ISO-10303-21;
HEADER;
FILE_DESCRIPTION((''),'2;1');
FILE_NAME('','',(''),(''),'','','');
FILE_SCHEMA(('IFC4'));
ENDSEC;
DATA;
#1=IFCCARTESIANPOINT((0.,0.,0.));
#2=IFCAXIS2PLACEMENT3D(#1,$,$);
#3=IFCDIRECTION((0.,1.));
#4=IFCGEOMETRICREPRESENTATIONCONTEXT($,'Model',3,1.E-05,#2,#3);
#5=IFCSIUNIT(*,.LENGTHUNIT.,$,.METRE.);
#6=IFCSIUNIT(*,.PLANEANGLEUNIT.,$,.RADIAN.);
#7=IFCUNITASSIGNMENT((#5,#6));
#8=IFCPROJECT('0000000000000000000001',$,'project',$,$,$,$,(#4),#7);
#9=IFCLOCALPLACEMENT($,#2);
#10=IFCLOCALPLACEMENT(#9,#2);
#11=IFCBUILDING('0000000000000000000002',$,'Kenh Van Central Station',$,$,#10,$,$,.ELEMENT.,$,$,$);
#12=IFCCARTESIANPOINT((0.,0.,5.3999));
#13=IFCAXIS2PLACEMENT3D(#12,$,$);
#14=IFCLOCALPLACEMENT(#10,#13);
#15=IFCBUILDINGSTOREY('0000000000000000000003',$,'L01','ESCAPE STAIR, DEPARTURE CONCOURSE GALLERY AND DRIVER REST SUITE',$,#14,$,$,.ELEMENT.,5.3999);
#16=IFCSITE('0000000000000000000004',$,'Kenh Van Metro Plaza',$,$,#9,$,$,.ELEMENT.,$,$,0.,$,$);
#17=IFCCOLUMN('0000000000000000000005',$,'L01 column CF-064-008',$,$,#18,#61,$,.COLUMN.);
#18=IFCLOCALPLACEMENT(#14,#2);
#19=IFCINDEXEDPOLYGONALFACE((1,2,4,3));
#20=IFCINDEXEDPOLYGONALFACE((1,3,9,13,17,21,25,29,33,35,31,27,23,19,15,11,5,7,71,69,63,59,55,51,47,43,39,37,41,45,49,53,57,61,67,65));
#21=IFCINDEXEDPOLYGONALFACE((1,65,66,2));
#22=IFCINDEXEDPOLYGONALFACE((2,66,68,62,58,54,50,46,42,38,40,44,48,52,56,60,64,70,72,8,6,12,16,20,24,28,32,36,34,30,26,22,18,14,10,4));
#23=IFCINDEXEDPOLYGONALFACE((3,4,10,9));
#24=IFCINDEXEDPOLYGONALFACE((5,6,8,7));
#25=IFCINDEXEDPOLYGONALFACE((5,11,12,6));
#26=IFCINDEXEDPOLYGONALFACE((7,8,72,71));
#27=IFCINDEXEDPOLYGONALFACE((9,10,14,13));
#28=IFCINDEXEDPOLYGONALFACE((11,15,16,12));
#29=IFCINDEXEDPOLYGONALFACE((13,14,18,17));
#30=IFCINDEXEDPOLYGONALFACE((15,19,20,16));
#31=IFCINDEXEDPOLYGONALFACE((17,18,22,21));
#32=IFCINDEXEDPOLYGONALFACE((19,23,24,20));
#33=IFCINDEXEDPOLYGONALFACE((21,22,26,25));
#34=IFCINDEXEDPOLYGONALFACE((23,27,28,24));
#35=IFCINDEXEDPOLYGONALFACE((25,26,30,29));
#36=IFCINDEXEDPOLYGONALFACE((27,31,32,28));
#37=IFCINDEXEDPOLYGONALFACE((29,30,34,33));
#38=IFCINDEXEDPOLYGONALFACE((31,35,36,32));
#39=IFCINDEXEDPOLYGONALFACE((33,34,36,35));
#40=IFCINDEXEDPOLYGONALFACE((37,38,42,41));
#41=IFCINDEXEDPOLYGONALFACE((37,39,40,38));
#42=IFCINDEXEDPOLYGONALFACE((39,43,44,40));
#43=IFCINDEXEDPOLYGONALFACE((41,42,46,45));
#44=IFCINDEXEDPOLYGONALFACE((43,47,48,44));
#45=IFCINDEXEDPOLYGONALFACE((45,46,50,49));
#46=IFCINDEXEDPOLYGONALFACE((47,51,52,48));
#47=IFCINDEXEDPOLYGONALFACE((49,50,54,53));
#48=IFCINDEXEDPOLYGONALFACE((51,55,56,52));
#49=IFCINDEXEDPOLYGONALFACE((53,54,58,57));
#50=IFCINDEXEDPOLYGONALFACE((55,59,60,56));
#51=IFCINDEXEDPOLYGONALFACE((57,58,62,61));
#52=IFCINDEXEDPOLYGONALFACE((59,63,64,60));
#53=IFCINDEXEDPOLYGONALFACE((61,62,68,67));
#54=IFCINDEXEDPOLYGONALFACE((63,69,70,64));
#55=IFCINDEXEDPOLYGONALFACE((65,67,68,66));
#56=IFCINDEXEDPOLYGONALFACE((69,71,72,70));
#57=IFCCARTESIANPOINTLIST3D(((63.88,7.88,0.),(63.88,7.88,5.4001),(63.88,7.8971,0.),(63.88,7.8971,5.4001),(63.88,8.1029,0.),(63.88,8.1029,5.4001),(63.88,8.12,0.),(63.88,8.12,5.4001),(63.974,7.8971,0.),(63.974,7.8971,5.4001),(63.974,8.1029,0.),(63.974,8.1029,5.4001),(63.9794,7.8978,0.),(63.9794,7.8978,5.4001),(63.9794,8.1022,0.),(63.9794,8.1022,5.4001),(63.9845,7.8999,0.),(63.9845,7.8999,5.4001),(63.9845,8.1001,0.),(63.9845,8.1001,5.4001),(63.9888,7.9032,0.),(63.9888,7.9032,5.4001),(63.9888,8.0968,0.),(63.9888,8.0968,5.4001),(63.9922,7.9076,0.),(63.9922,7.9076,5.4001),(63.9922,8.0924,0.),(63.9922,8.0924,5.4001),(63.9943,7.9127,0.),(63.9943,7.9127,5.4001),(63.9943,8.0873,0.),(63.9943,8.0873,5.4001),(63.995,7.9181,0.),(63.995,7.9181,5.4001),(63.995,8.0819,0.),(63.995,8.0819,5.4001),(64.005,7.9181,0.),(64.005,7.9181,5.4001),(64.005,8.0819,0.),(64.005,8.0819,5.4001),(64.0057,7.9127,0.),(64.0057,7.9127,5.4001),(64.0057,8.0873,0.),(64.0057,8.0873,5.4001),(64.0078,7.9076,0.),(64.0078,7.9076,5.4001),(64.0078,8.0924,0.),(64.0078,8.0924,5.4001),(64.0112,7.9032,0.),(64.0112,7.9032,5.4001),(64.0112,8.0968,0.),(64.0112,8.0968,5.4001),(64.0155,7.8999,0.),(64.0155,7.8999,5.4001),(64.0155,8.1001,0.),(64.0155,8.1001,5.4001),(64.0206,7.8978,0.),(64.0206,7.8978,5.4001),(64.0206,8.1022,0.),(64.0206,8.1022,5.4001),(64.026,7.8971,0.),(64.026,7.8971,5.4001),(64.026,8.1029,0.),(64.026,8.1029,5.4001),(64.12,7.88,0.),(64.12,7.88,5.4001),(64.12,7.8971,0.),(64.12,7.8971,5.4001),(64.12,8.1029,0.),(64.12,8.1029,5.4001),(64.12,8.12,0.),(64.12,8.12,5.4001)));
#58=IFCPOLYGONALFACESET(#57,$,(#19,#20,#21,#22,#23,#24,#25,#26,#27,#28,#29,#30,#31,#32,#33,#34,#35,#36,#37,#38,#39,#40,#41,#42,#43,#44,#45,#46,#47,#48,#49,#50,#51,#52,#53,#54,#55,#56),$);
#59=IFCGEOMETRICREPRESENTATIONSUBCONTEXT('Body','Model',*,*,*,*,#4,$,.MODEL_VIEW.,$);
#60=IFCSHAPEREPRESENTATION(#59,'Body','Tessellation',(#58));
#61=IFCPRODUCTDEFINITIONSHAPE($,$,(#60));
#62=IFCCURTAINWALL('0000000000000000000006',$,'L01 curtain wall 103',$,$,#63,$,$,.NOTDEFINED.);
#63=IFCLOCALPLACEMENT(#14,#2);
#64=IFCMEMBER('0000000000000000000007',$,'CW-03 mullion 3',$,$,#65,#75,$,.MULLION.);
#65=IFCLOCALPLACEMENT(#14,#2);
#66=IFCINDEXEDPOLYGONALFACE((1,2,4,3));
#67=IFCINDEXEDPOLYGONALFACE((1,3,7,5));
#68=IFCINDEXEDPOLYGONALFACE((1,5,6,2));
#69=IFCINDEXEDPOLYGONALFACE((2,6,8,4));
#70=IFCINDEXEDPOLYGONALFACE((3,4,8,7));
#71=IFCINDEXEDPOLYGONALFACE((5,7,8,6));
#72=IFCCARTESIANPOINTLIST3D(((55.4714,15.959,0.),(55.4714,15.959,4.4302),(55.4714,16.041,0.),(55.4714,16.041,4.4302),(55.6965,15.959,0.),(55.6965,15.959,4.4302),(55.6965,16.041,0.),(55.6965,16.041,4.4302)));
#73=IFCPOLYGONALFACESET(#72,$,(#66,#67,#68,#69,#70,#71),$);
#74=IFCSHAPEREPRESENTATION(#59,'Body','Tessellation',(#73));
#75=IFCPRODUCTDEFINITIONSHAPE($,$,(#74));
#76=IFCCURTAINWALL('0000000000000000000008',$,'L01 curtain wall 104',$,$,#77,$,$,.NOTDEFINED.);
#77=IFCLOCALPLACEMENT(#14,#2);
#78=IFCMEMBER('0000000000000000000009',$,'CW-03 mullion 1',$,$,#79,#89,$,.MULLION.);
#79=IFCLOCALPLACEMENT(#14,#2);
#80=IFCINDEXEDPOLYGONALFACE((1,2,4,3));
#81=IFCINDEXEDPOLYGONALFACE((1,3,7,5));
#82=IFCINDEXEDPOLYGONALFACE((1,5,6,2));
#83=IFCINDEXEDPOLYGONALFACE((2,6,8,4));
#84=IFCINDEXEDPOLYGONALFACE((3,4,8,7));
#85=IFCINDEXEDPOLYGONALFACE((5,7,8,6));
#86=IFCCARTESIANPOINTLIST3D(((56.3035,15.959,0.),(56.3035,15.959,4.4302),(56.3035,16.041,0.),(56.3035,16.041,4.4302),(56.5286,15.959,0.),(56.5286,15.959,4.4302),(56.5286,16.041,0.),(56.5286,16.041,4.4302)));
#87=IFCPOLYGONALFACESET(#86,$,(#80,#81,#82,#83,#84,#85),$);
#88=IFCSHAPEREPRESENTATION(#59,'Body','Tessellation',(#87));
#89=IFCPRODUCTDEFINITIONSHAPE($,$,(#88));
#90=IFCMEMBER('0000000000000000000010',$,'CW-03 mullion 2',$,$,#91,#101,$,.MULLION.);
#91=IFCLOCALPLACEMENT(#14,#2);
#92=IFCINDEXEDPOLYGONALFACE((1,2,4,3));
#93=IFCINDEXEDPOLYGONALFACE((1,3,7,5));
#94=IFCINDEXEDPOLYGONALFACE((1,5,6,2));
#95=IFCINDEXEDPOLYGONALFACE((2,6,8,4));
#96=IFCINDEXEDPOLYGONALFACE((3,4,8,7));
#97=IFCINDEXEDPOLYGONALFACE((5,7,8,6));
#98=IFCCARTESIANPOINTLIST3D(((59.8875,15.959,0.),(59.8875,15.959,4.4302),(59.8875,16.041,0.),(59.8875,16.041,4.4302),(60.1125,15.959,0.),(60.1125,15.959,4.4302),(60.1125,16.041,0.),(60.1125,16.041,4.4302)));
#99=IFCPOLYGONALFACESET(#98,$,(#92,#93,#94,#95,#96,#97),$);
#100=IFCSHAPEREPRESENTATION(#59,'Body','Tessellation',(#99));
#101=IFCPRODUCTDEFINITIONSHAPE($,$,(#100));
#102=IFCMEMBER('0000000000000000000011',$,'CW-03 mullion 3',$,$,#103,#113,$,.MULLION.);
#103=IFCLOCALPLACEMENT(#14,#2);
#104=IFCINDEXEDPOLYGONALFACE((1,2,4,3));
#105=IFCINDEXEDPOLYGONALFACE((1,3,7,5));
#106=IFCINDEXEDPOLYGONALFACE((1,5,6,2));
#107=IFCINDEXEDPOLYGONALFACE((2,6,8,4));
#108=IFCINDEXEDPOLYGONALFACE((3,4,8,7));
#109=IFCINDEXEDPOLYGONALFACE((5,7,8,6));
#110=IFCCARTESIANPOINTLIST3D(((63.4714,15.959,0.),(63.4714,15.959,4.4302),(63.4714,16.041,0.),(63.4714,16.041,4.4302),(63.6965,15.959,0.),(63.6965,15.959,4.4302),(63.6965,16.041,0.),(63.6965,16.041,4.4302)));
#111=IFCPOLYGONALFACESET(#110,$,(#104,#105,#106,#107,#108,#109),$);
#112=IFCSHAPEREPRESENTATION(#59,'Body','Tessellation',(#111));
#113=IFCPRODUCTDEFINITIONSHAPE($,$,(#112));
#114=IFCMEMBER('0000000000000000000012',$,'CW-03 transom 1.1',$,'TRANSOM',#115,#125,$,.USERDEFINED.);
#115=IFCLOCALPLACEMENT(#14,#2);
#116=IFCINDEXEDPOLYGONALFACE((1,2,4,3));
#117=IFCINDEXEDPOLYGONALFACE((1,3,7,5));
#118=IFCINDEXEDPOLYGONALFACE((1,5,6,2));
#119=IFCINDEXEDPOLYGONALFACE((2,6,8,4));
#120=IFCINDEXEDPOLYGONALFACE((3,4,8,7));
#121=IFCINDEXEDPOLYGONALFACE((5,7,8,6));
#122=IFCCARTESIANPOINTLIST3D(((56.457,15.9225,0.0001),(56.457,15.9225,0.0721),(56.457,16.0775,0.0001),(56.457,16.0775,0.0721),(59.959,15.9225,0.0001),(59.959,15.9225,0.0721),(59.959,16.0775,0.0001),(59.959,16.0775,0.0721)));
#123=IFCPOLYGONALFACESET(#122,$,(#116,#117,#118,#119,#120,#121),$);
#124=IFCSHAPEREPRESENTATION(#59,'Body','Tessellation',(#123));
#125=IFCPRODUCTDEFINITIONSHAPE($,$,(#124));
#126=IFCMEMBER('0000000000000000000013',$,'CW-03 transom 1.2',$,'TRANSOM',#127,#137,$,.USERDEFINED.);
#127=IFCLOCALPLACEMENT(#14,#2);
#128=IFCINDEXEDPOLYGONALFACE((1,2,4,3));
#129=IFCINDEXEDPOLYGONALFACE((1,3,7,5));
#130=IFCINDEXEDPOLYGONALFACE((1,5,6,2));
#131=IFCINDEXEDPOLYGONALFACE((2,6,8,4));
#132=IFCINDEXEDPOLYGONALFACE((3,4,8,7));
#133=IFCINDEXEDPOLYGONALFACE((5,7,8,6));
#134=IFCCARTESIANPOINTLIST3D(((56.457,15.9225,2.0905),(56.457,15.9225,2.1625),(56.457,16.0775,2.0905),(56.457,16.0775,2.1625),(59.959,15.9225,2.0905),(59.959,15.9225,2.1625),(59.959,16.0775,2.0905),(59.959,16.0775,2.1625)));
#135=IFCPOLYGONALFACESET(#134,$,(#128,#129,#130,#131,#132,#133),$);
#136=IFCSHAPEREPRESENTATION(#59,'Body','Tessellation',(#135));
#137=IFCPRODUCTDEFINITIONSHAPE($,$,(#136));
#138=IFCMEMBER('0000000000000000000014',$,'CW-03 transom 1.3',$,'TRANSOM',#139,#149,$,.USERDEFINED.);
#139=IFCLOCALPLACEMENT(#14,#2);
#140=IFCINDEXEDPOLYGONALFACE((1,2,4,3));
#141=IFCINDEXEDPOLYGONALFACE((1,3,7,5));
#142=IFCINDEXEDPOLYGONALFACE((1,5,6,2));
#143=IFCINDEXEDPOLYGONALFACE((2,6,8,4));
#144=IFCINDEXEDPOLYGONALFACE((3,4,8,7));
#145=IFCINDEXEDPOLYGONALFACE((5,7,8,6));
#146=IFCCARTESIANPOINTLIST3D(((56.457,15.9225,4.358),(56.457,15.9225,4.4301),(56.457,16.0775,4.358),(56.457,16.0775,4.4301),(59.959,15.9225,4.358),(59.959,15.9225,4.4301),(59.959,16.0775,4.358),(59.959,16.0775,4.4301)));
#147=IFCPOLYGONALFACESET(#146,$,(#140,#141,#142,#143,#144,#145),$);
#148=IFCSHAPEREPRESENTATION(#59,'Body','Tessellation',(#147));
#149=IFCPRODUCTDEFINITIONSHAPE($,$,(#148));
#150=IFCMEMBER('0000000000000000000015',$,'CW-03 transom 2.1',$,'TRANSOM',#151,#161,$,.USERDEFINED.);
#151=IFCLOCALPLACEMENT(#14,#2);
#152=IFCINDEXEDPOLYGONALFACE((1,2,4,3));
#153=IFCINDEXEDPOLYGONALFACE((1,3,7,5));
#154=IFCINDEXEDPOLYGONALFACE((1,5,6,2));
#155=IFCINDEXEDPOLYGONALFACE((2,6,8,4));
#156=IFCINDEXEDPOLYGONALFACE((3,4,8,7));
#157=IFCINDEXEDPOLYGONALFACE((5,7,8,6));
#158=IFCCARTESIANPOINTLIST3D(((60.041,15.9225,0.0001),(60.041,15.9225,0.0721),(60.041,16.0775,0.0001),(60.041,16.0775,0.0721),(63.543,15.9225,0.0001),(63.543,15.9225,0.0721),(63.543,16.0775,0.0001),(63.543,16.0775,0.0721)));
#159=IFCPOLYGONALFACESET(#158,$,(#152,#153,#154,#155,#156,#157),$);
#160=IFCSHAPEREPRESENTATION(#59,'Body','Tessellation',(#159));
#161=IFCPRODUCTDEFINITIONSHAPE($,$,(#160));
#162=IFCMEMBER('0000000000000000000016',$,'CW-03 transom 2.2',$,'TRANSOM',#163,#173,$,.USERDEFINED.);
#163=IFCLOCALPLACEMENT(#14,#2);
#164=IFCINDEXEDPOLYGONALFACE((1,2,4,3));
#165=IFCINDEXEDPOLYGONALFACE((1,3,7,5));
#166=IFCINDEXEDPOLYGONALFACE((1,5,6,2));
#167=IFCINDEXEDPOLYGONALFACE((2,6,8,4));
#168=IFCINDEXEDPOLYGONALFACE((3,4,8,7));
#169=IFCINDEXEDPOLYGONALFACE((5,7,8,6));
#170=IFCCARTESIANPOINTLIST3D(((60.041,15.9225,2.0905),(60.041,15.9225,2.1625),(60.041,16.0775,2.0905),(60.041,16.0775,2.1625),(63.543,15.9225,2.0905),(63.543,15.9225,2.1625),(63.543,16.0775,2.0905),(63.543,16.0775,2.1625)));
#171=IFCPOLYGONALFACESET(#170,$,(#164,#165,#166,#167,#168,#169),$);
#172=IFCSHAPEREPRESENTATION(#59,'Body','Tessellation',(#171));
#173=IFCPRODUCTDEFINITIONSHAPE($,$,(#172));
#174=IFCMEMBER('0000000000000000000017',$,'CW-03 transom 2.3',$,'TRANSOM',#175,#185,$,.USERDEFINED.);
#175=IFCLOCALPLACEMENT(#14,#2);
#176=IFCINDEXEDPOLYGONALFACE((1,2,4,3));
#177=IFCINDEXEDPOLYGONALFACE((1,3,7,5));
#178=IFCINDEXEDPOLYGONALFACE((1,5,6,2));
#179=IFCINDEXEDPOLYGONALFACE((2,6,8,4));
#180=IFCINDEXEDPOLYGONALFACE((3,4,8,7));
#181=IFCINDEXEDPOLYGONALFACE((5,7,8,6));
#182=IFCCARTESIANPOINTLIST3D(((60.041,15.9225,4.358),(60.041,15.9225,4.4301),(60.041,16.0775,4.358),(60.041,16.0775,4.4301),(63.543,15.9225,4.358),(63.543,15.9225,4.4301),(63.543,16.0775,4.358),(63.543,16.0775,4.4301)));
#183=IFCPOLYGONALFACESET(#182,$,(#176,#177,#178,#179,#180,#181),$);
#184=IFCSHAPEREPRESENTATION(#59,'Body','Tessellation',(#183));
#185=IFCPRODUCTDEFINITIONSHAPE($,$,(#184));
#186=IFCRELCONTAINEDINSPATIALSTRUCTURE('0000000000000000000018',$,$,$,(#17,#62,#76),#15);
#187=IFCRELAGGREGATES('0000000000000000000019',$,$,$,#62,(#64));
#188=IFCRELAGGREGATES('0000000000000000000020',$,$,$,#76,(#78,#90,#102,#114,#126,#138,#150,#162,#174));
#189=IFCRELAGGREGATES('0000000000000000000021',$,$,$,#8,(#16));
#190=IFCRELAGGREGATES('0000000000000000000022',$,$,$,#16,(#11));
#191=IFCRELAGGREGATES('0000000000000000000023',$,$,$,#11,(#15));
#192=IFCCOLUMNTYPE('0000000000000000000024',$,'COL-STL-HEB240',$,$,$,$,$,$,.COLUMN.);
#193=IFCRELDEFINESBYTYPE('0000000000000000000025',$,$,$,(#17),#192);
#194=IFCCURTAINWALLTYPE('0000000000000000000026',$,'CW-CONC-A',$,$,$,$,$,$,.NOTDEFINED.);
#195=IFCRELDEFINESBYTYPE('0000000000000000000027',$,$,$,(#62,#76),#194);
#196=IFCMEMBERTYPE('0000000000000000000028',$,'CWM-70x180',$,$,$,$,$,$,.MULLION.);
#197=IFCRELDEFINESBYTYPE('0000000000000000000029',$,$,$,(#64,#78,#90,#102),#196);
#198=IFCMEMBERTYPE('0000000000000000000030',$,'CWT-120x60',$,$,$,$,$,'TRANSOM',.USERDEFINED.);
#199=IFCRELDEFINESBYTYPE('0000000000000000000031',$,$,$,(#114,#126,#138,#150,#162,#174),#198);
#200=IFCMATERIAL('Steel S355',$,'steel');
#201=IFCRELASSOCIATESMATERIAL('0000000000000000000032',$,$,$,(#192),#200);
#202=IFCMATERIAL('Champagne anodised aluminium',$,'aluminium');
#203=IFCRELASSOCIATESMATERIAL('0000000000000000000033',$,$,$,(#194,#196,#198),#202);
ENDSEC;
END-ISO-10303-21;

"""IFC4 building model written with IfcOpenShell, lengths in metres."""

from ifc_helpers import new_model, si_unit, direction, frame, origin, origin_2d, place, context, subcontext, project, spatial, rectangle, i_section, extrude, material, material_profile, profile_set, type_object, element, aggregate, save


model = new_model("IFC4")

# Units and contexts
model_context = context("Model", 3, precision=1e-05, world=origin(), true_north=direction((0.0, 1.0)))
body_context = subcontext(model_context, "Body", "Model", "MODEL_VIEW")
ifc_project = project(units=[si_unit("LENGTHUNIT", "METRE"), si_unit("PLANEANGLEUNIT", "RADIAN")], contexts=[model_context])

# Site, building, storey
site_placement = place(None, origin())
site = spatial("IfcSite", under=ifc_project, at=site_placement, Name="Kenh Van Metro Plaza", CompositionType="ELEMENT", RefElevation=0.0)
building_placement = place(site_placement, origin())
building = spatial("IfcBuilding", under=site, at=building_placement, Name="Kenh Van Central Station", CompositionType="ELEMENT")
storey_placement = place(building_placement, frame((0.0, 0.0, 5.3999)))
storey = spatial("IfcBuildingStorey", under=building, at=storey_placement, Name="L01", Description="ESCAPE STAIR, DEPARTURE CONCOURSE GALLERY AND DRIVER REST SUITE", CompositionType="ELEMENT", Elevation=5.3999)

# Column
ifc_material_1 = material(Name="Steel S355", Category="steel")
ifc_material_profile_1 = material_profile(ifc_material_1, i_section(OverallWidth=0.24, OverallDepth=0.24, WebThickness=0.01, FlangeThickness=0.0171, FilletRadius=0.021, at=origin_2d()), Name="HEB 240")
ifc_profile_set_1 = profile_set([ifc_material_profile_1], Name="Steel S355")
column_type_1 = type_object("IfcColumnType", Name="COL-STL-HEB240", PredefinedType="COLUMN", material=ifc_profile_set_1)
for number, where, z_axis, x_axis, name in (
    (1, (64.0, 8.0, 0.0), (0.0, 0.0, 1.0), (1.0, 0.0, 0.0), "L01 column CF-064-008"),
):
    element("IfcColumn", number, at=place(storey_placement, frame(where, z_axis=z_axis, x_axis=x_axis)), inside=storey, type_object=column_type_1, Name=name, PredefinedType="COLUMN", context=body_context, shape_type="SweptSolid", body=[
        extrude(i_section(OverallWidth=0.24, OverallDepth=0.24, WebThickness=0.01, FlangeThickness=0.0171, FilletRadius=0.021, at=origin_2d()), origin(), (0.0, 0.0, 1.0), 5.4001),
    ])

# Curtain wall, member
ifc_material_2 = material(Name="Champagne anodised aluminium", Category="aluminium")
curtain_wall_type = type_object("IfcCurtainWallType", Name="CW-CONC-A", PredefinedType="NOTDEFINED", material=ifc_material_2)
curtain_wall_1_placement = place(storey_placement, origin())
curtain_wall_1 = element("IfcCurtainWall", 2, at=curtain_wall_1_placement, inside=storey, type_object=curtain_wall_type, Name="L01 curtain wall 103", PredefinedType="NOTDEFINED")
ifc_material_profile_2 = material_profile(ifc_material_2, rectangle(XDim=0.082, YDim=0.2251, at=origin_2d()), Name="AL 82x225")
ifc_profile_set_2 = profile_set([ifc_material_profile_2], Name="Champagne anodised aluminium")
member_type_1 = type_object("IfcMemberType", Name="CWM-70x180", PredefinedType="MULLION", material=ifc_profile_set_2)
member_1_placement = place(storey_placement, frame((55.584, 16.0, 0.0), z_axis=(0.0, 0.0, 1.0), x_axis=(0.0, 1.0, 0.0)))
member_1 = element("IfcMember", 3, at=member_1_placement, type_object=member_type_1, Name="CW-03 mullion 3", PredefinedType="MULLION", context=body_context, shape_type="SweptSolid", body=[
    extrude(rectangle(XDim=0.082, YDim=0.2251, at=origin_2d()), origin(), (0.0, 0.0, 1.0), 4.4302),
])

# Curtain wall, members
curtain_wall_2_placement = place(storey_placement, origin())
curtain_wall_2 = element("IfcCurtainWall", 4, at=curtain_wall_2_placement, inside=storey, type_object=curtain_wall_type, Name="L01 curtain wall 104", PredefinedType="NOTDEFINED")
member_2_placement = place(storey_placement, frame((56.416, 16.0, 0.0), z_axis=(0.0, 0.0, 1.0), x_axis=(0.0, 1.0, 0.0)))
member_2 = element("IfcMember", 5, at=member_2_placement, type_object=member_type_1, Name="CW-03 mullion 1", PredefinedType="MULLION", context=body_context, shape_type="SweptSolid", body=[
    extrude(rectangle(XDim=0.082, YDim=0.2251, at=origin_2d()), origin(), (0.0, 0.0, 1.0), 4.4302),
])
member_3_placement = place(storey_placement, frame((60.0, 16.0, 0.0), z_axis=(0.0, 0.0, 1.0), x_axis=(0.0, 1.0, 0.0)))
member_3 = element("IfcMember", 6, at=member_3_placement, type_object=member_type_1, Name="CW-03 mullion 2", PredefinedType="MULLION", context=body_context, shape_type="SweptSolid", body=[
    extrude(rectangle(XDim=0.082, YDim=0.2251, at=origin_2d()), origin(), (0.0, 0.0, 1.0), 4.4302),
])
member_4_placement = place(storey_placement, frame((63.584, 16.0, 0.0), z_axis=(0.0, 0.0, 1.0), x_axis=(0.0, 1.0, 0.0)))
member_4 = element("IfcMember", 7, at=member_4_placement, type_object=member_type_1, Name="CW-03 mullion 3", PredefinedType="MULLION", context=body_context, shape_type="SweptSolid", body=[
    extrude(rectangle(XDim=0.082, YDim=0.2251, at=origin_2d()), origin(), (0.0, 0.0, 1.0), 4.4302),
])
ifc_material_profile_3 = material_profile(ifc_material_2, rectangle(XDim=0.155, YDim=0.072, at=origin_2d()), Name="AL 155x72")
ifc_profile_set_3 = profile_set([ifc_material_profile_3], Name="Champagne anodised aluminium")
member_type_2 = type_object("IfcMemberType", Name="CWT-120x60", ElementType="TRANSOM", PredefinedType="USERDEFINED", material=ifc_profile_set_3)
member_5_placement = place(storey_placement, frame((56.457, 16.0, 0.0361), z_axis=(1.0, 0.0, 0.0), x_axis=(0.0, 1.0, 0.0)))
member_5 = element("IfcMember", 8, at=member_5_placement, type_object=member_type_2, Name="CW-03 transom 1.1", ObjectType="TRANSOM", PredefinedType="USERDEFINED", context=body_context, shape_type="SweptSolid", body=[
    extrude(rectangle(XDim=0.155, YDim=0.072, at=origin_2d()), origin(), (0.0, 0.0, 1.0), 3.502),
])
member_6_placement = place(storey_placement, frame((56.457, 16.0, 2.1265), z_axis=(1.0, 0.0, 0.0), x_axis=(0.0, 1.0, 0.0)))
member_6 = element("IfcMember", 9, at=member_6_placement, type_object=member_type_2, Name="CW-03 transom 1.2", ObjectType="TRANSOM", PredefinedType="USERDEFINED", context=body_context, shape_type="SweptSolid", body=[
    extrude(rectangle(XDim=0.155, YDim=0.072, at=origin_2d()), origin(), (0.0, 0.0, 1.0), 3.502),
])
member_7_placement = place(storey_placement, frame((56.457, 16.0, 4.394), z_axis=(1.0, 0.0, 0.0), x_axis=(0.0, 1.0, 0.0)))
member_7 = element("IfcMember", 10, at=member_7_placement, type_object=member_type_2, Name="CW-03 transom 1.3", ObjectType="TRANSOM", PredefinedType="USERDEFINED", context=body_context, shape_type="SweptSolid", body=[
    extrude(rectangle(XDim=0.155, YDim=0.072, at=origin_2d()), origin(), (0.0, 0.0, 1.0), 3.502),
])
member_8_placement = place(storey_placement, frame((60.041, 16.0, 0.0361), z_axis=(1.0, 0.0, 0.0), x_axis=(0.0, 1.0, 0.0)))
member_8 = element("IfcMember", 11, at=member_8_placement, type_object=member_type_2, Name="CW-03 transom 2.1", ObjectType="TRANSOM", PredefinedType="USERDEFINED", context=body_context, shape_type="SweptSolid", body=[
    extrude(rectangle(XDim=0.155, YDim=0.072, at=origin_2d()), origin(), (0.0, 0.0, 1.0), 3.502),
])
member_9_placement = place(storey_placement, frame((60.041, 16.0, 2.1265), z_axis=(1.0, 0.0, 0.0), x_axis=(0.0, 1.0, 0.0)))
member_9 = element("IfcMember", 12, at=member_9_placement, type_object=member_type_2, Name="CW-03 transom 2.2", ObjectType="TRANSOM", PredefinedType="USERDEFINED", context=body_context, shape_type="SweptSolid", body=[
    extrude(rectangle(XDim=0.155, YDim=0.072, at=origin_2d()), origin(), (0.0, 0.0, 1.0), 3.502),
])
member_10_placement = place(storey_placement, frame((60.041, 16.0, 4.394), z_axis=(1.0, 0.0, 0.0), x_axis=(0.0, 1.0, 0.0)))
member_10 = element("IfcMember", 13, at=member_10_placement, type_object=member_type_2, Name="CW-03 transom 2.3", ObjectType="TRANSOM", PredefinedType="USERDEFINED", context=body_context, shape_type="SweptSolid", body=[
    extrude(rectangle(XDim=0.155, YDim=0.072, at=origin_2d()), origin(), (0.0, 0.0, 1.0), 3.502),
])

aggregate(curtain_wall_1, [member_1])
aggregate(curtain_wall_2, [member_2, member_3, member_4, member_5, member_6, member_7, member_8, member_9, member_10])

save(model, "model.ifc")
